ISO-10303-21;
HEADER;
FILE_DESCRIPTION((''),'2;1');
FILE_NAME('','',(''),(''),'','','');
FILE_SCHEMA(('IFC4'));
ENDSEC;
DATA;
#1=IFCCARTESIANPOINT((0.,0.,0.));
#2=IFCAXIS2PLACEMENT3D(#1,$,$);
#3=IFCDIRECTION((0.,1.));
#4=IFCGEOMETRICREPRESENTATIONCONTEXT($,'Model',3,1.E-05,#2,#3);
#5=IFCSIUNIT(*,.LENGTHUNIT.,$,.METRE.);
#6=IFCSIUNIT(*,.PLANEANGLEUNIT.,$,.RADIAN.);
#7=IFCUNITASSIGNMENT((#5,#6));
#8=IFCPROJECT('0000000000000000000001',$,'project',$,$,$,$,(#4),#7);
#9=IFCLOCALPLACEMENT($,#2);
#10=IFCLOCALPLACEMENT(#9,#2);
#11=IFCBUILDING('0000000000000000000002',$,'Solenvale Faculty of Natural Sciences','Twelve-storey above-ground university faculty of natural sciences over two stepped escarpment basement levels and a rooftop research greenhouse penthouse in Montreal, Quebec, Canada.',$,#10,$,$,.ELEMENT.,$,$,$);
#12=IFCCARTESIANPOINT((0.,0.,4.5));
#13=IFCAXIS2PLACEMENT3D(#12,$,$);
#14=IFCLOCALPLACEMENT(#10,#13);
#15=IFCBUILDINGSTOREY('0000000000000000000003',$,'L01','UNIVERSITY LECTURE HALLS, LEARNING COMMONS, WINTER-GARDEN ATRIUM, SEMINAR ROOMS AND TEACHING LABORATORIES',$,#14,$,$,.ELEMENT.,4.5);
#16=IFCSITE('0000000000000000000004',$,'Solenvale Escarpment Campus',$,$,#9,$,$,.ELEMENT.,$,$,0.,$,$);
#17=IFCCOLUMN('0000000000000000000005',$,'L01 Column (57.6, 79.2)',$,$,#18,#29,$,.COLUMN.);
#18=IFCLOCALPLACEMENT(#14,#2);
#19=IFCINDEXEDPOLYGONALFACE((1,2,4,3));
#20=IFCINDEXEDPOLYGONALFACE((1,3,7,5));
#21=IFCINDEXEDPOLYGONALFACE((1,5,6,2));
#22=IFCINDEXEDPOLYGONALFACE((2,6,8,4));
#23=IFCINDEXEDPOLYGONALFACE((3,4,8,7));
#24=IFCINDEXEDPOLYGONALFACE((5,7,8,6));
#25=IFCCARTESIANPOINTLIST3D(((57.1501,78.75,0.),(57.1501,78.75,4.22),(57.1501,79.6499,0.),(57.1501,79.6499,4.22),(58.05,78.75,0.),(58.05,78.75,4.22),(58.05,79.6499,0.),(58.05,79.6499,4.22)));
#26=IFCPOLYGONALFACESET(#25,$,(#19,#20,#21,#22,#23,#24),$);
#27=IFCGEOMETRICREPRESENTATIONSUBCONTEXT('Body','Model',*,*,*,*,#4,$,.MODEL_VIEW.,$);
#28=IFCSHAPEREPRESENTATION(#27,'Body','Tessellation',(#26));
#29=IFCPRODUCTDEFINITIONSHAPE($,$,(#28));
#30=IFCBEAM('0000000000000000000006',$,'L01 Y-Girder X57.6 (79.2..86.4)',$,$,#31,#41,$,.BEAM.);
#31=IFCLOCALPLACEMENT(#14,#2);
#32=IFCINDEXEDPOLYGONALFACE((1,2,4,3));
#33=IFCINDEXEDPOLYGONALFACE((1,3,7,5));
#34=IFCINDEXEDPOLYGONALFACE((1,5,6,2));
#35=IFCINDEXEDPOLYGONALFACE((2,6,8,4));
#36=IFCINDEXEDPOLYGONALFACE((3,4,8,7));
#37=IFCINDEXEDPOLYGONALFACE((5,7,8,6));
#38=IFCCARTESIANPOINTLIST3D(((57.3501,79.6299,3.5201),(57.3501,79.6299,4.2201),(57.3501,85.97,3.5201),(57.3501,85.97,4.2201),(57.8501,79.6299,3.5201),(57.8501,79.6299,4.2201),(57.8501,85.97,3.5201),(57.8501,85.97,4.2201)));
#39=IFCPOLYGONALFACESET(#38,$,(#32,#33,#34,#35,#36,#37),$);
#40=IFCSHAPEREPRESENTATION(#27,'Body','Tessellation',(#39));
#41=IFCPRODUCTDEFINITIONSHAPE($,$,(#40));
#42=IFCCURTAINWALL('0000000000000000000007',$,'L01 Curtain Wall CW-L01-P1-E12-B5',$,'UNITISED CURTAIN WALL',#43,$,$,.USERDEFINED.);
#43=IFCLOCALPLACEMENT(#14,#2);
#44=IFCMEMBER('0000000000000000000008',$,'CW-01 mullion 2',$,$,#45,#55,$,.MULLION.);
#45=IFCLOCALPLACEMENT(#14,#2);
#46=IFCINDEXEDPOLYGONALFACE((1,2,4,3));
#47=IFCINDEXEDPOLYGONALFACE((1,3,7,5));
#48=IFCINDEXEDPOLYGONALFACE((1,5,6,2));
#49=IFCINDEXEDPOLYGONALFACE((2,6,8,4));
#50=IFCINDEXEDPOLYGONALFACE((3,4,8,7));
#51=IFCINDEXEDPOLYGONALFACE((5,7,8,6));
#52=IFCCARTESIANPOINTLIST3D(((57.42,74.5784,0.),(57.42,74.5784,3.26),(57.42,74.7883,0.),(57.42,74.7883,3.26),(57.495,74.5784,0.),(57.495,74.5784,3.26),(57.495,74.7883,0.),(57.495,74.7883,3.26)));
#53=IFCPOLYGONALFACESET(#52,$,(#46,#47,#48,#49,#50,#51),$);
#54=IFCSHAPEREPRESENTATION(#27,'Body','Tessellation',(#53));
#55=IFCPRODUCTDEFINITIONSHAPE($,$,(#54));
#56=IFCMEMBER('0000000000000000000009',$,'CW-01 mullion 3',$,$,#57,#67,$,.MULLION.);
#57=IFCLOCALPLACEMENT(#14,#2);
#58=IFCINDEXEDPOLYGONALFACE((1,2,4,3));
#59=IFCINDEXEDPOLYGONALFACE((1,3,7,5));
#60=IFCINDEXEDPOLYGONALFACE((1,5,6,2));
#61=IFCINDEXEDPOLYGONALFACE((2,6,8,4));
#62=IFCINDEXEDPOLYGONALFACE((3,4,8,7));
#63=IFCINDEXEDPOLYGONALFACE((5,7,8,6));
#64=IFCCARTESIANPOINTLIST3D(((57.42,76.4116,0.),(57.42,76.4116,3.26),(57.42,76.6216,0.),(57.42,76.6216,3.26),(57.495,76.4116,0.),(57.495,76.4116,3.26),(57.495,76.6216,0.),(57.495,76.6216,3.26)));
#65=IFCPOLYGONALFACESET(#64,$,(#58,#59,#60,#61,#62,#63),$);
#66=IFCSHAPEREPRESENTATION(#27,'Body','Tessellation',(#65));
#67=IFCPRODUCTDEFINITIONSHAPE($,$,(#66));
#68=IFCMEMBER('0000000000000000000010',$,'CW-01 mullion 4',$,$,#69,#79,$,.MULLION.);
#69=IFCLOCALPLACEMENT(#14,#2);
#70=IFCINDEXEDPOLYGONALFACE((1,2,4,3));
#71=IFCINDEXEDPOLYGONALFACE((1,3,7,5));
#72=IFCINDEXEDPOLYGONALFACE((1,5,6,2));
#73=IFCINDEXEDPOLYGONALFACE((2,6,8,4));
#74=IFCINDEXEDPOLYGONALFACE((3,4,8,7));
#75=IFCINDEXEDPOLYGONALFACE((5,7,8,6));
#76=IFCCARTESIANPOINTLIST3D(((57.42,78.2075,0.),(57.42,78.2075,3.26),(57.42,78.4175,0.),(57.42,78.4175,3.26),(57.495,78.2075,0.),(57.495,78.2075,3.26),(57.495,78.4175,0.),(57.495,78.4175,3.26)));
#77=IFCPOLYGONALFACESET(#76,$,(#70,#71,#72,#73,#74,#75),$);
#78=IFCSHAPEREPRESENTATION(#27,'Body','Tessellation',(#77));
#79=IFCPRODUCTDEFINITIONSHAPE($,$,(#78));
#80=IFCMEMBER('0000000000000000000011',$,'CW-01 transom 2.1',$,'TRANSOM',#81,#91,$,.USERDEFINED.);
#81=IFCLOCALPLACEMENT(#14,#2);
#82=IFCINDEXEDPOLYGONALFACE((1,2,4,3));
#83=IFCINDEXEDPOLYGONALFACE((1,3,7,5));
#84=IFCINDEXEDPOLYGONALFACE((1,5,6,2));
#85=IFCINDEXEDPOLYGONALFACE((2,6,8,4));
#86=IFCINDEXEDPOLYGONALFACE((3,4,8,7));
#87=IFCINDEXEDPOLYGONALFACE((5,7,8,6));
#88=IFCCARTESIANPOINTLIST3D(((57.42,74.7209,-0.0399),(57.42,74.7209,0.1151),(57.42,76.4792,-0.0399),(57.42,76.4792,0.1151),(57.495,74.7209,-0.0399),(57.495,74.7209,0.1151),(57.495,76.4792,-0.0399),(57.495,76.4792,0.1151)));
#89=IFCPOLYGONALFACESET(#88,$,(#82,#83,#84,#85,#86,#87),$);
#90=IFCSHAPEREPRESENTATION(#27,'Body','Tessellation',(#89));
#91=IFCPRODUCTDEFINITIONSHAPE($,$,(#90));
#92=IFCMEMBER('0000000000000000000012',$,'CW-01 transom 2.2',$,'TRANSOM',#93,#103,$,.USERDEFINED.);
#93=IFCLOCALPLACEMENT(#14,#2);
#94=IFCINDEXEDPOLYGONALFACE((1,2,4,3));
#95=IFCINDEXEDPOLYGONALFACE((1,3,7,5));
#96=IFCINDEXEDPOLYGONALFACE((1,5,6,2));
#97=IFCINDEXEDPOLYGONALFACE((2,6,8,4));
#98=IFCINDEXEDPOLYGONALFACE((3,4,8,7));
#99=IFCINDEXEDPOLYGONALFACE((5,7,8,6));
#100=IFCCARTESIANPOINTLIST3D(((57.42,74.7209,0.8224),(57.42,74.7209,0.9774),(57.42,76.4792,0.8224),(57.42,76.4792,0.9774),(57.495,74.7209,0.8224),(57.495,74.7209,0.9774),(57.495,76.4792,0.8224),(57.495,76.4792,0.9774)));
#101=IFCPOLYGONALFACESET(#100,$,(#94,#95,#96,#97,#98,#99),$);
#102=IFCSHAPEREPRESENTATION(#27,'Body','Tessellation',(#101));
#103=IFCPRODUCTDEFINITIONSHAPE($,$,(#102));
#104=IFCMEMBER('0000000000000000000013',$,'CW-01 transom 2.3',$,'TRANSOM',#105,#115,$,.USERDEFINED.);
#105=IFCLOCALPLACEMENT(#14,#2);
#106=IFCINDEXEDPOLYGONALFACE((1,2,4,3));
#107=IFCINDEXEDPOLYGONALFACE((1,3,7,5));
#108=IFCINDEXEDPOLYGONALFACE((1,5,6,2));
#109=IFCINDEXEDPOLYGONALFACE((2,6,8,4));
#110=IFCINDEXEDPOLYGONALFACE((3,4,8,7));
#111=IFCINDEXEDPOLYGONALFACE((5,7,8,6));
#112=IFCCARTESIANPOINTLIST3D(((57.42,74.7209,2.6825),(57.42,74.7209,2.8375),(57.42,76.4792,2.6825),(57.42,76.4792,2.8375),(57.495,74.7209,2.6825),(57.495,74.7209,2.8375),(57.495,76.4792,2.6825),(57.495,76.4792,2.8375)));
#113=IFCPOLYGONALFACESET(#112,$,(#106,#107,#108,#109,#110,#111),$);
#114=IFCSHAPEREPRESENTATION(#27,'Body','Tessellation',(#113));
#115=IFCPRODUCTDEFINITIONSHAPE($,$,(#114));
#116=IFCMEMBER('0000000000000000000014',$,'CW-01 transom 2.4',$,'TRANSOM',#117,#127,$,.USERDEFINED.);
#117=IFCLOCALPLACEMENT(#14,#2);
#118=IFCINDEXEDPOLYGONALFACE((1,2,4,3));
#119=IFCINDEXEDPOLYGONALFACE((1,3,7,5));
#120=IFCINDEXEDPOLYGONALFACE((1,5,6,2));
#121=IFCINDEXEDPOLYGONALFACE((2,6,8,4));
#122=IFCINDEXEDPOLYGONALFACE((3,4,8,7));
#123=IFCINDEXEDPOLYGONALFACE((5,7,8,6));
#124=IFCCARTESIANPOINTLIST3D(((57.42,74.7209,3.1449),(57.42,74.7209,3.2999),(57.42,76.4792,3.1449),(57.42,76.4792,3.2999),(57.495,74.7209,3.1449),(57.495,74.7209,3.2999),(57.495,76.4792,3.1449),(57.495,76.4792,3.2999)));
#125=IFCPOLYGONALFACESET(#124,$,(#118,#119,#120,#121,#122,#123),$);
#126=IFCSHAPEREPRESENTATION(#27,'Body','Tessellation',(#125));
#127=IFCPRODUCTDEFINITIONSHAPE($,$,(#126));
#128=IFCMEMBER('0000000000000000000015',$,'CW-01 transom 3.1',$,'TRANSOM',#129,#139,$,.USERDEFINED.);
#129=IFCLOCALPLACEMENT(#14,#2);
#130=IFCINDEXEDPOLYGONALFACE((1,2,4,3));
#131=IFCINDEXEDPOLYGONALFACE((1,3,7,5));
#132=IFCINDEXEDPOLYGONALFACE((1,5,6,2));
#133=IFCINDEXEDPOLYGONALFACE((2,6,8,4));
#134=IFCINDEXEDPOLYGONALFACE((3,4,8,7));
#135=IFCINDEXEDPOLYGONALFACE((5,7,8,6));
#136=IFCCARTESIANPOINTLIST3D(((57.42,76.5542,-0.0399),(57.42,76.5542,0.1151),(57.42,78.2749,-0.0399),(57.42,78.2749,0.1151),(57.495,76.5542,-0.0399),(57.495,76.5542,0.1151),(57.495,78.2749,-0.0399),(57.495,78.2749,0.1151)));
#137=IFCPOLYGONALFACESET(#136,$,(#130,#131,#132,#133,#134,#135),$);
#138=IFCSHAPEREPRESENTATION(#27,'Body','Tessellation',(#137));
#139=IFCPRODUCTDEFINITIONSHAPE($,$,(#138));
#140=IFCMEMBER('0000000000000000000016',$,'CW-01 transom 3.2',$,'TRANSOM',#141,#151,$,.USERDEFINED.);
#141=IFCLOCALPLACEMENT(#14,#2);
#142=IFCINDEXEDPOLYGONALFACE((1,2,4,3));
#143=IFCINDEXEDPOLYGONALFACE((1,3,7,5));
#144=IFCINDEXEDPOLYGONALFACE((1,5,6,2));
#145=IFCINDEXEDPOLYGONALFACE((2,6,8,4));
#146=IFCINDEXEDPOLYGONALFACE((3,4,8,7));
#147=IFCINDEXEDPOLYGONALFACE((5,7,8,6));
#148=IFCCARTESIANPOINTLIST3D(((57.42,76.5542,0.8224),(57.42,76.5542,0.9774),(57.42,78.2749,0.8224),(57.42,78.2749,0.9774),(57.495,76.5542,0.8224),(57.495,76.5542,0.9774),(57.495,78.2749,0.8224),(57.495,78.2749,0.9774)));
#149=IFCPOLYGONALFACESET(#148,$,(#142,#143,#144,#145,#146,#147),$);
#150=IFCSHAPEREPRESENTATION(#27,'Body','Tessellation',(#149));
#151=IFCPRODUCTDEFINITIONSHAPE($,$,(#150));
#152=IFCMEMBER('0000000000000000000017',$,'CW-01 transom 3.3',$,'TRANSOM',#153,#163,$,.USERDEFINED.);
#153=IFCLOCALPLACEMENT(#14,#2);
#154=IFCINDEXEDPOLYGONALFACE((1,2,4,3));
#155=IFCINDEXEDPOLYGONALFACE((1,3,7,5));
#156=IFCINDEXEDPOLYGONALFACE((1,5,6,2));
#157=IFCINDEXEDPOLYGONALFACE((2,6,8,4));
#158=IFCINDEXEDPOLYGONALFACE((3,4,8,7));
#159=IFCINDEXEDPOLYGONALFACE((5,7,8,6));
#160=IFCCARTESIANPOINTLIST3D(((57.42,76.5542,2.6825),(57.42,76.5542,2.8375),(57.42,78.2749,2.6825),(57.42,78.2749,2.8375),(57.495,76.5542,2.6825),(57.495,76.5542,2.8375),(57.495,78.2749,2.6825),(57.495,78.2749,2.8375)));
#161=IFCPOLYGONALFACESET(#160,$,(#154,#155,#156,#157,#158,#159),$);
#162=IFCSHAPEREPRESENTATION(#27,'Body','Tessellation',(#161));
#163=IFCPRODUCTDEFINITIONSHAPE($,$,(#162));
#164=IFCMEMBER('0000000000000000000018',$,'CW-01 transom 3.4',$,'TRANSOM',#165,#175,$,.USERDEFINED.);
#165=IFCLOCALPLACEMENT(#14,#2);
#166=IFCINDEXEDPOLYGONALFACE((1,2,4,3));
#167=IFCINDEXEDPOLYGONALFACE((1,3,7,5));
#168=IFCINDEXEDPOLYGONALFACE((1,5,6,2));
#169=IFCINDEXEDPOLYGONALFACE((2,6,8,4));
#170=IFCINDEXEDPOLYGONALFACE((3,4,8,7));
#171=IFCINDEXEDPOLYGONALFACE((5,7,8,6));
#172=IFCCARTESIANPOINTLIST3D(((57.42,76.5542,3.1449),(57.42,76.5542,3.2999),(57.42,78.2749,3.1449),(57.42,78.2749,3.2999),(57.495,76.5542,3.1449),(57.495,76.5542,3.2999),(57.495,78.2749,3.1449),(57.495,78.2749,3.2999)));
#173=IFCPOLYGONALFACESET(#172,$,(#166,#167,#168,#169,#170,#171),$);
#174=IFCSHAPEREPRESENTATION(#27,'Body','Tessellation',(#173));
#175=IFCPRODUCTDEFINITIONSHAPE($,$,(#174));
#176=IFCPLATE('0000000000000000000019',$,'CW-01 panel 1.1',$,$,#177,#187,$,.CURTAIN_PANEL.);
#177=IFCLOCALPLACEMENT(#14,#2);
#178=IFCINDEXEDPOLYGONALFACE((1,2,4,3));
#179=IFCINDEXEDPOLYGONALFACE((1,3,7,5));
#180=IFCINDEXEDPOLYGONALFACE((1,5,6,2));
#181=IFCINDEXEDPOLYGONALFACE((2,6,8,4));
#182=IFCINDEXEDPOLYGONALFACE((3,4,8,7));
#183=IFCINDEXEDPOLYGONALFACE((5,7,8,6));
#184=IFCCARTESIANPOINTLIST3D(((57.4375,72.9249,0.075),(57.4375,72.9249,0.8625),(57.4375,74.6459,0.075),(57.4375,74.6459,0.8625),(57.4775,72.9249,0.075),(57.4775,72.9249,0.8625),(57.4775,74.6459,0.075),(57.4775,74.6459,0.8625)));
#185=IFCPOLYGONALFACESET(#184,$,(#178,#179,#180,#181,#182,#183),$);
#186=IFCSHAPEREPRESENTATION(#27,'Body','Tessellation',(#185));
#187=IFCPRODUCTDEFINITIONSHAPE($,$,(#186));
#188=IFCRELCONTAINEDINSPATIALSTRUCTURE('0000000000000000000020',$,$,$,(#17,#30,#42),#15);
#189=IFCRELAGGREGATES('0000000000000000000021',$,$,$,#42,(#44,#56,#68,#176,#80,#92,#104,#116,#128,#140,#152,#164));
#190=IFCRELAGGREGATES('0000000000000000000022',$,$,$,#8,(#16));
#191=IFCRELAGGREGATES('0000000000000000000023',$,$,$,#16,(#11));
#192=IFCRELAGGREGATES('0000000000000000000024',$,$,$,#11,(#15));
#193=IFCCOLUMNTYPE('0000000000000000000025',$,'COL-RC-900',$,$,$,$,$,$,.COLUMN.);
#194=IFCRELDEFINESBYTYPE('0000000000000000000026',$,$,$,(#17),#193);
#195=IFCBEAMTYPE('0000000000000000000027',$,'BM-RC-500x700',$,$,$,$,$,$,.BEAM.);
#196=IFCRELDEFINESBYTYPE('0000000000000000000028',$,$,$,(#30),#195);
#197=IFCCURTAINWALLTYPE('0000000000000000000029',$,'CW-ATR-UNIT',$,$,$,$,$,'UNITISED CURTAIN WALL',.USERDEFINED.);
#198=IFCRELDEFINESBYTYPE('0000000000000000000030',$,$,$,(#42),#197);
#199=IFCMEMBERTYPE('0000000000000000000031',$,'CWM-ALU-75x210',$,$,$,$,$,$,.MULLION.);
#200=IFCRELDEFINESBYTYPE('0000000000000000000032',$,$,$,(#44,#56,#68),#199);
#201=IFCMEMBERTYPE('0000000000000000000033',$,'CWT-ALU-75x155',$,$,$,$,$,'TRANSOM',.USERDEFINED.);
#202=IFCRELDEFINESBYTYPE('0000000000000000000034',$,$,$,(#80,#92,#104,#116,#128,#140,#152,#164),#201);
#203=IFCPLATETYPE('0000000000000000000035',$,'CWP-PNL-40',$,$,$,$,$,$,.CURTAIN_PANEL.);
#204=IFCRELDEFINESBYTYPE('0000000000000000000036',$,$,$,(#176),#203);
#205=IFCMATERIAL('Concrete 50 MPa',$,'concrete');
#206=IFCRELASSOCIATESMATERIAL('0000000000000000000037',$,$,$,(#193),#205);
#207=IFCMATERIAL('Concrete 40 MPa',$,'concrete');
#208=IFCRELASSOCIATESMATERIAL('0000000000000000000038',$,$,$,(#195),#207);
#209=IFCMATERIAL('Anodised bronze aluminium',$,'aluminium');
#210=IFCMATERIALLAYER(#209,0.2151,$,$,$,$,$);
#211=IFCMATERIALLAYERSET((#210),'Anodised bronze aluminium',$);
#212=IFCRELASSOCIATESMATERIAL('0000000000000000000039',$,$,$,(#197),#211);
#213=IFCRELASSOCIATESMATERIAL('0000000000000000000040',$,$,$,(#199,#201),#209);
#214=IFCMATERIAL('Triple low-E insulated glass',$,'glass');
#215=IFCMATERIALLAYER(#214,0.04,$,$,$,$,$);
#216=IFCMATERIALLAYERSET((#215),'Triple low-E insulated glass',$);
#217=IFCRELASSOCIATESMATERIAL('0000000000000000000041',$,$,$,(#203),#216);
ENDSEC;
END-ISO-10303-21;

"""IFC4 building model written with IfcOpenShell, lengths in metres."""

from ifc_helpers import new_model, si_unit, direction, frame, origin, origin_2d, place, context, subcontext, project, spatial, rectangle, extrude, material, layer, layer_set, material_profile, profile_set, type_object, element, aggregate, save


model = new_model("IFC4")

# Units and contexts
model_context = context("Model", 3, precision=1e-05, world=origin(), true_north=direction((0.0, 1.0)))
body_context = subcontext(model_context, "Body", "Model", "MODEL_VIEW")
ifc_project = project(units=[si_unit("LENGTHUNIT", "METRE"), si_unit("PLANEANGLEUNIT", "RADIAN")], contexts=[model_context])

# Site, building, storey
site_placement = place(None, origin())
site = spatial("IfcSite", under=ifc_project, at=site_placement, Name="Solenvale Escarpment Campus", CompositionType="ELEMENT", RefElevation=0.0)
building_placement = place(site_placement, origin())
building = spatial("IfcBuilding", under=site, at=building_placement, Name="Solenvale Faculty of Natural Sciences", Description="Twelve-storey above-ground university faculty of natural sciences over two stepped escarpment basement levels and a rooftop research greenhouse penthouse in Montreal, Quebec, Canada.", CompositionType="ELEMENT")
storey_placement = place(building_placement, frame((0.0, 0.0, 4.5)))
storey = spatial("IfcBuildingStorey", under=building, at=storey_placement, Name="L01", Description="UNIVERSITY LECTURE HALLS, LEARNING COMMONS, WINTER-GARDEN ATRIUM, SEMINAR ROOMS AND TEACHING LABORATORIES", CompositionType="ELEMENT", Elevation=4.5)

# Column
ifc_material_1 = material(Name="Concrete 50 MPa", Category="concrete")
ifc_material_profile_1 = material_profile(ifc_material_1, rectangle(XDim=0.8999, YDim=0.8999, at=origin_2d()), Name="RC-COL-900x900")
ifc_profile_set_1 = profile_set([ifc_material_profile_1], Name="Concrete 50 MPa")
column_type = type_object("IfcColumnType", Name="COL-RC-900", PredefinedType="COLUMN", material=ifc_profile_set_1)
column_placement = place(storey_placement, frame((57.6001, 79.2, 0.0), z_axis=(0.0, 0.0, 1.0), x_axis=(1.0, 0.0, 0.0)))
element("IfcColumn", 1, at=column_placement, inside=storey, type_object=column_type, Name="L01 Column (57.6, 79.2)", PredefinedType="COLUMN", context=body_context, shape_type="SweptSolid", body=[
    extrude(rectangle(XDim=0.8999, YDim=0.8999, at=origin_2d()), origin(), (0.0, 0.0, 1.0), 4.22),
])

# Beam
ifc_material_2 = material(Name="Concrete 40 MPa", Category="concrete")
ifc_material_profile_2 = material_profile(ifc_material_2, rectangle(XDim=0.5, YDim=0.7, at=origin_2d()), Name="RC-BM-500x700")
ifc_profile_set_2 = profile_set([ifc_material_profile_2], Name="Concrete 40 MPa")
beam_type = type_object("IfcBeamType", Name="BM-RC-500x700", PredefinedType="BEAM", material=ifc_profile_set_2)
beam_placement = place(storey_placement, frame((57.6001, 79.6299, 3.8701), z_axis=(0.0, 1.0, 0.0), x_axis=(-1.0, 0.0, 0.0)))
element("IfcBeam", 2, at=beam_placement, inside=storey, type_object=beam_type, Name="L01 Y-Girder X57.6 (79.2..86.4)", PredefinedType="BEAM", context=body_context, shape_type="SweptSolid", body=[
    extrude(rectangle(XDim=0.5, YDim=0.7, at=origin_2d()), origin(), (0.0, 0.0, 1.0), 6.3401),
])

# Curtain wall, members, plate
ifc_material_3 = material(Name="Anodised bronze aluminium", Category="aluminium")
ifc_layer_1 = layer(ifc_material_3, 0.2151)
ifc_layer_set_1 = layer_set([ifc_layer_1], Name="Anodised bronze aluminium")
curtain_wall_type = type_object("IfcCurtainWallType", Name="CW-ATR-UNIT", ElementType="UNITISED CURTAIN WALL", PredefinedType="USERDEFINED", material=ifc_layer_set_1)
curtain_wall_placement = place(storey_placement, origin())
curtain_wall = element("IfcCurtainWall", 3, at=curtain_wall_placement, inside=storey, type_object=curtain_wall_type, Name="L01 Curtain Wall CW-L01-P1-E12-B5", ObjectType="UNITISED CURTAIN WALL", PredefinedType="USERDEFINED")
ifc_material_profile_3 = material_profile(ifc_material_3, rectangle(XDim=0.075, YDim=0.21, at=origin_2d()), Name="ALU-MUL-75x210")
ifc_profile_set_3 = profile_set([ifc_material_profile_3], Name="Anodised bronze aluminium")
member_type_1 = type_object("IfcMemberType", Name="CWM-ALU-75x210", PredefinedType="MULLION", material=ifc_profile_set_3)
member_1_placement = place(storey_placement, frame((57.4575, 74.6833, 0.0), z_axis=(0.0, 0.0, 1.0), x_axis=(-1.0, 0.0, 0.0)))
member_1 = element("IfcMember", 4, at=member_1_placement, type_object=member_type_1, Name="CW-01 mullion 2", PredefinedType="MULLION", context=body_context, shape_type="SweptSolid", body=[
    extrude(rectangle(XDim=0.075, YDim=0.21, at=origin_2d()), origin(), (0.0, 0.0, 1.0), 3.26),
])
member_2_placement = place(storey_placement, frame((57.4575, 76.5166, 0.0), z_axis=(0.0, 0.0, 1.0), x_axis=(-1.0, 0.0, 0.0)))
member_2 = element("IfcMember", 5, at=member_2_placement, type_object=member_type_1, Name="CW-01 mullion 3", PredefinedType="MULLION", context=body_context, shape_type="SweptSolid", body=[
    extrude(rectangle(XDim=0.075, YDim=0.21, at=origin_2d()), origin(), (0.0, 0.0, 1.0), 3.26),
])
member_3_placement = place(storey_placement, frame((57.4575, 78.3125, 0.0), z_axis=(0.0, 0.0, 1.0), x_axis=(-1.0, 0.0, 0.0)))
member_3 = element("IfcMember", 6, at=member_3_placement, type_object=member_type_1, Name="CW-01 mullion 4", PredefinedType="MULLION", context=body_context, shape_type="SweptSolid", body=[
    extrude(rectangle(XDim=0.075, YDim=0.21, at=origin_2d()), origin(), (0.0, 0.0, 1.0), 3.26),
])
ifc_material_profile_4 = material_profile(ifc_material_3, rectangle(XDim=0.075, YDim=0.155, at=origin_2d()), Name="ALU-TRN-75x155")
ifc_profile_set_4 = profile_set([ifc_material_profile_4], Name="Anodised bronze aluminium")
member_type_2 = type_object("IfcMemberType", Name="CWT-ALU-75x155", ElementType="TRANSOM", PredefinedType="USERDEFINED", material=ifc_profile_set_4)
member_4_placement = place(storey_placement, frame((57.4575, 74.7209, 0.0376), z_axis=(0.0, 1.0, 0.0), x_axis=(-1.0, 0.0, 0.0)))
member_4 = element("IfcMember", 7, at=member_4_placement, type_object=member_type_2, Name="CW-01 transom 2.1", ObjectType="TRANSOM", PredefinedType="USERDEFINED", context=body_context, shape_type="SweptSolid", body=[
    extrude(rectangle(XDim=0.075, YDim=0.155, at=origin_2d()), origin(), (0.0, 0.0, 1.0), 1.7583),
])
member_5_placement = place(storey_placement, frame((57.4575, 74.7209, 0.8999), z_axis=(0.0, 1.0, 0.0), x_axis=(-1.0, 0.0, 0.0)))
member_5 = element("IfcMember", 8, at=member_5_placement, type_object=member_type_2, Name="CW-01 transom 2.2", ObjectType="TRANSOM", PredefinedType="USERDEFINED", context=body_context, shape_type="SweptSolid", body=[
    extrude(rectangle(XDim=0.075, YDim=0.155, at=origin_2d()), origin(), (0.0, 0.0, 1.0), 1.7583),
])
member_6_placement = place(storey_placement, frame((57.4575, 74.7209, 2.76), z_axis=(0.0, 1.0, 0.0), x_axis=(-1.0, 0.0, 0.0)))
member_6 = element("IfcMember", 9, at=member_6_placement, type_object=member_type_2, Name="CW-01 transom 2.3", ObjectType="TRANSOM", PredefinedType="USERDEFINED", context=body_context, shape_type="SweptSolid", body=[
    extrude(rectangle(XDim=0.075, YDim=0.155, at=origin_2d()), origin(), (0.0, 0.0, 1.0), 1.7583),
])
member_7_placement = place(storey_placement, frame((57.4575, 74.7209, 3.2224), z_axis=(0.0, 1.0, 0.0), x_axis=(-1.0, 0.0, 0.0)))
member_7 = element("IfcMember", 10, at=member_7_placement, type_object=member_type_2, Name="CW-01 transom 2.4", ObjectType="TRANSOM", PredefinedType="USERDEFINED", context=body_context, shape_type="SweptSolid", body=[
    extrude(rectangle(XDim=0.075, YDim=0.155, at=origin_2d()), origin(), (0.0, 0.0, 1.0), 1.7583),
])
member_8_placement = place(storey_placement, frame((57.4575, 76.5542, 0.0376), z_axis=(0.0, 1.0, 0.0), x_axis=(-1.0, 0.0, 0.0)))
member_8 = element("IfcMember", 11, at=member_8_placement, type_object=member_type_2, Name="CW-01 transom 3.1", ObjectType="TRANSOM", PredefinedType="USERDEFINED", context=body_context, shape_type="SweptSolid", body=[
    extrude(rectangle(XDim=0.075, YDim=0.155, at=origin_2d()), origin(), (0.0, 0.0, 1.0), 1.7207),
])
member_9_placement = place(storey_placement, frame((57.4575, 76.5542, 0.8999), z_axis=(0.0, 1.0, 0.0), x_axis=(-1.0, 0.0, 0.0)))
member_9 = element("IfcMember", 12, at=member_9_placement, type_object=member_type_2, Name="CW-01 transom 3.2", ObjectType="TRANSOM", PredefinedType="USERDEFINED", context=body_context, shape_type="SweptSolid", body=[
    extrude(rectangle(XDim=0.075, YDim=0.155, at=origin_2d()), origin(), (0.0, 0.0, 1.0), 1.7207),
])
member_10_placement = place(storey_placement, frame((57.4575, 76.5542, 2.76), z_axis=(0.0, 1.0, 0.0), x_axis=(-1.0, 0.0, 0.0)))
member_10 = element("IfcMember", 13, at=member_10_placement, type_object=member_type_2, Name="CW-01 transom 3.3", ObjectType="TRANSOM", PredefinedType="USERDEFINED", context=body_context, shape_type="SweptSolid", body=[
    extrude(rectangle(XDim=0.075, YDim=0.155, at=origin_2d()), origin(), (0.0, 0.0, 1.0), 1.7207),
])
member_11_placement = place(storey_placement, frame((57.4575, 76.5542, 3.2224), z_axis=(0.0, 1.0, 0.0), x_axis=(-1.0, 0.0, 0.0)))
member_11 = element("IfcMember", 14, at=member_11_placement, type_object=member_type_2, Name="CW-01 transom 3.4", ObjectType="TRANSOM", PredefinedType="USERDEFINED", context=body_context, shape_type="SweptSolid", body=[
    extrude(rectangle(XDim=0.075, YDim=0.155, at=origin_2d()), origin(), (0.0, 0.0, 1.0), 1.7207),
])
ifc_material_4 = material(Name="Triple low-E insulated glass", Category="glass")
ifc_layer_2 = layer(ifc_material_4, 0.04)
ifc_layer_set_2 = layer_set([ifc_layer_2], Name="Triple low-E insulated glass")
plate_type = type_object("IfcPlateType", Name="CWP-PNL-40", PredefinedType="CURTAIN_PANEL", material=ifc_layer_set_2)
plate_1_placement = place(storey_placement, frame((57.4575, 73.7854, 0.075), z_axis=(0.0, 0.0, 1.0), x_axis=(0.0, 1.0, 0.0)))
plate_1 = element("IfcPlate", 15, at=plate_1_placement, type_object=plate_type, Name="CW-01 panel 1.1", PredefinedType="CURTAIN_PANEL", context=body_context, shape_type="SweptSolid", body=[
    extrude(rectangle(XDim=1.7209, YDim=0.04, at=origin_2d()), origin(), (0.0, 0.0, 1.0), 0.7876),
])
aggregate(curtain_wall, [member_1, member_2, member_3, plate_1, member_4, member_5, member_6, member_7, member_8, member_9, member_10, member_11])

save(model, "model.ifc")
